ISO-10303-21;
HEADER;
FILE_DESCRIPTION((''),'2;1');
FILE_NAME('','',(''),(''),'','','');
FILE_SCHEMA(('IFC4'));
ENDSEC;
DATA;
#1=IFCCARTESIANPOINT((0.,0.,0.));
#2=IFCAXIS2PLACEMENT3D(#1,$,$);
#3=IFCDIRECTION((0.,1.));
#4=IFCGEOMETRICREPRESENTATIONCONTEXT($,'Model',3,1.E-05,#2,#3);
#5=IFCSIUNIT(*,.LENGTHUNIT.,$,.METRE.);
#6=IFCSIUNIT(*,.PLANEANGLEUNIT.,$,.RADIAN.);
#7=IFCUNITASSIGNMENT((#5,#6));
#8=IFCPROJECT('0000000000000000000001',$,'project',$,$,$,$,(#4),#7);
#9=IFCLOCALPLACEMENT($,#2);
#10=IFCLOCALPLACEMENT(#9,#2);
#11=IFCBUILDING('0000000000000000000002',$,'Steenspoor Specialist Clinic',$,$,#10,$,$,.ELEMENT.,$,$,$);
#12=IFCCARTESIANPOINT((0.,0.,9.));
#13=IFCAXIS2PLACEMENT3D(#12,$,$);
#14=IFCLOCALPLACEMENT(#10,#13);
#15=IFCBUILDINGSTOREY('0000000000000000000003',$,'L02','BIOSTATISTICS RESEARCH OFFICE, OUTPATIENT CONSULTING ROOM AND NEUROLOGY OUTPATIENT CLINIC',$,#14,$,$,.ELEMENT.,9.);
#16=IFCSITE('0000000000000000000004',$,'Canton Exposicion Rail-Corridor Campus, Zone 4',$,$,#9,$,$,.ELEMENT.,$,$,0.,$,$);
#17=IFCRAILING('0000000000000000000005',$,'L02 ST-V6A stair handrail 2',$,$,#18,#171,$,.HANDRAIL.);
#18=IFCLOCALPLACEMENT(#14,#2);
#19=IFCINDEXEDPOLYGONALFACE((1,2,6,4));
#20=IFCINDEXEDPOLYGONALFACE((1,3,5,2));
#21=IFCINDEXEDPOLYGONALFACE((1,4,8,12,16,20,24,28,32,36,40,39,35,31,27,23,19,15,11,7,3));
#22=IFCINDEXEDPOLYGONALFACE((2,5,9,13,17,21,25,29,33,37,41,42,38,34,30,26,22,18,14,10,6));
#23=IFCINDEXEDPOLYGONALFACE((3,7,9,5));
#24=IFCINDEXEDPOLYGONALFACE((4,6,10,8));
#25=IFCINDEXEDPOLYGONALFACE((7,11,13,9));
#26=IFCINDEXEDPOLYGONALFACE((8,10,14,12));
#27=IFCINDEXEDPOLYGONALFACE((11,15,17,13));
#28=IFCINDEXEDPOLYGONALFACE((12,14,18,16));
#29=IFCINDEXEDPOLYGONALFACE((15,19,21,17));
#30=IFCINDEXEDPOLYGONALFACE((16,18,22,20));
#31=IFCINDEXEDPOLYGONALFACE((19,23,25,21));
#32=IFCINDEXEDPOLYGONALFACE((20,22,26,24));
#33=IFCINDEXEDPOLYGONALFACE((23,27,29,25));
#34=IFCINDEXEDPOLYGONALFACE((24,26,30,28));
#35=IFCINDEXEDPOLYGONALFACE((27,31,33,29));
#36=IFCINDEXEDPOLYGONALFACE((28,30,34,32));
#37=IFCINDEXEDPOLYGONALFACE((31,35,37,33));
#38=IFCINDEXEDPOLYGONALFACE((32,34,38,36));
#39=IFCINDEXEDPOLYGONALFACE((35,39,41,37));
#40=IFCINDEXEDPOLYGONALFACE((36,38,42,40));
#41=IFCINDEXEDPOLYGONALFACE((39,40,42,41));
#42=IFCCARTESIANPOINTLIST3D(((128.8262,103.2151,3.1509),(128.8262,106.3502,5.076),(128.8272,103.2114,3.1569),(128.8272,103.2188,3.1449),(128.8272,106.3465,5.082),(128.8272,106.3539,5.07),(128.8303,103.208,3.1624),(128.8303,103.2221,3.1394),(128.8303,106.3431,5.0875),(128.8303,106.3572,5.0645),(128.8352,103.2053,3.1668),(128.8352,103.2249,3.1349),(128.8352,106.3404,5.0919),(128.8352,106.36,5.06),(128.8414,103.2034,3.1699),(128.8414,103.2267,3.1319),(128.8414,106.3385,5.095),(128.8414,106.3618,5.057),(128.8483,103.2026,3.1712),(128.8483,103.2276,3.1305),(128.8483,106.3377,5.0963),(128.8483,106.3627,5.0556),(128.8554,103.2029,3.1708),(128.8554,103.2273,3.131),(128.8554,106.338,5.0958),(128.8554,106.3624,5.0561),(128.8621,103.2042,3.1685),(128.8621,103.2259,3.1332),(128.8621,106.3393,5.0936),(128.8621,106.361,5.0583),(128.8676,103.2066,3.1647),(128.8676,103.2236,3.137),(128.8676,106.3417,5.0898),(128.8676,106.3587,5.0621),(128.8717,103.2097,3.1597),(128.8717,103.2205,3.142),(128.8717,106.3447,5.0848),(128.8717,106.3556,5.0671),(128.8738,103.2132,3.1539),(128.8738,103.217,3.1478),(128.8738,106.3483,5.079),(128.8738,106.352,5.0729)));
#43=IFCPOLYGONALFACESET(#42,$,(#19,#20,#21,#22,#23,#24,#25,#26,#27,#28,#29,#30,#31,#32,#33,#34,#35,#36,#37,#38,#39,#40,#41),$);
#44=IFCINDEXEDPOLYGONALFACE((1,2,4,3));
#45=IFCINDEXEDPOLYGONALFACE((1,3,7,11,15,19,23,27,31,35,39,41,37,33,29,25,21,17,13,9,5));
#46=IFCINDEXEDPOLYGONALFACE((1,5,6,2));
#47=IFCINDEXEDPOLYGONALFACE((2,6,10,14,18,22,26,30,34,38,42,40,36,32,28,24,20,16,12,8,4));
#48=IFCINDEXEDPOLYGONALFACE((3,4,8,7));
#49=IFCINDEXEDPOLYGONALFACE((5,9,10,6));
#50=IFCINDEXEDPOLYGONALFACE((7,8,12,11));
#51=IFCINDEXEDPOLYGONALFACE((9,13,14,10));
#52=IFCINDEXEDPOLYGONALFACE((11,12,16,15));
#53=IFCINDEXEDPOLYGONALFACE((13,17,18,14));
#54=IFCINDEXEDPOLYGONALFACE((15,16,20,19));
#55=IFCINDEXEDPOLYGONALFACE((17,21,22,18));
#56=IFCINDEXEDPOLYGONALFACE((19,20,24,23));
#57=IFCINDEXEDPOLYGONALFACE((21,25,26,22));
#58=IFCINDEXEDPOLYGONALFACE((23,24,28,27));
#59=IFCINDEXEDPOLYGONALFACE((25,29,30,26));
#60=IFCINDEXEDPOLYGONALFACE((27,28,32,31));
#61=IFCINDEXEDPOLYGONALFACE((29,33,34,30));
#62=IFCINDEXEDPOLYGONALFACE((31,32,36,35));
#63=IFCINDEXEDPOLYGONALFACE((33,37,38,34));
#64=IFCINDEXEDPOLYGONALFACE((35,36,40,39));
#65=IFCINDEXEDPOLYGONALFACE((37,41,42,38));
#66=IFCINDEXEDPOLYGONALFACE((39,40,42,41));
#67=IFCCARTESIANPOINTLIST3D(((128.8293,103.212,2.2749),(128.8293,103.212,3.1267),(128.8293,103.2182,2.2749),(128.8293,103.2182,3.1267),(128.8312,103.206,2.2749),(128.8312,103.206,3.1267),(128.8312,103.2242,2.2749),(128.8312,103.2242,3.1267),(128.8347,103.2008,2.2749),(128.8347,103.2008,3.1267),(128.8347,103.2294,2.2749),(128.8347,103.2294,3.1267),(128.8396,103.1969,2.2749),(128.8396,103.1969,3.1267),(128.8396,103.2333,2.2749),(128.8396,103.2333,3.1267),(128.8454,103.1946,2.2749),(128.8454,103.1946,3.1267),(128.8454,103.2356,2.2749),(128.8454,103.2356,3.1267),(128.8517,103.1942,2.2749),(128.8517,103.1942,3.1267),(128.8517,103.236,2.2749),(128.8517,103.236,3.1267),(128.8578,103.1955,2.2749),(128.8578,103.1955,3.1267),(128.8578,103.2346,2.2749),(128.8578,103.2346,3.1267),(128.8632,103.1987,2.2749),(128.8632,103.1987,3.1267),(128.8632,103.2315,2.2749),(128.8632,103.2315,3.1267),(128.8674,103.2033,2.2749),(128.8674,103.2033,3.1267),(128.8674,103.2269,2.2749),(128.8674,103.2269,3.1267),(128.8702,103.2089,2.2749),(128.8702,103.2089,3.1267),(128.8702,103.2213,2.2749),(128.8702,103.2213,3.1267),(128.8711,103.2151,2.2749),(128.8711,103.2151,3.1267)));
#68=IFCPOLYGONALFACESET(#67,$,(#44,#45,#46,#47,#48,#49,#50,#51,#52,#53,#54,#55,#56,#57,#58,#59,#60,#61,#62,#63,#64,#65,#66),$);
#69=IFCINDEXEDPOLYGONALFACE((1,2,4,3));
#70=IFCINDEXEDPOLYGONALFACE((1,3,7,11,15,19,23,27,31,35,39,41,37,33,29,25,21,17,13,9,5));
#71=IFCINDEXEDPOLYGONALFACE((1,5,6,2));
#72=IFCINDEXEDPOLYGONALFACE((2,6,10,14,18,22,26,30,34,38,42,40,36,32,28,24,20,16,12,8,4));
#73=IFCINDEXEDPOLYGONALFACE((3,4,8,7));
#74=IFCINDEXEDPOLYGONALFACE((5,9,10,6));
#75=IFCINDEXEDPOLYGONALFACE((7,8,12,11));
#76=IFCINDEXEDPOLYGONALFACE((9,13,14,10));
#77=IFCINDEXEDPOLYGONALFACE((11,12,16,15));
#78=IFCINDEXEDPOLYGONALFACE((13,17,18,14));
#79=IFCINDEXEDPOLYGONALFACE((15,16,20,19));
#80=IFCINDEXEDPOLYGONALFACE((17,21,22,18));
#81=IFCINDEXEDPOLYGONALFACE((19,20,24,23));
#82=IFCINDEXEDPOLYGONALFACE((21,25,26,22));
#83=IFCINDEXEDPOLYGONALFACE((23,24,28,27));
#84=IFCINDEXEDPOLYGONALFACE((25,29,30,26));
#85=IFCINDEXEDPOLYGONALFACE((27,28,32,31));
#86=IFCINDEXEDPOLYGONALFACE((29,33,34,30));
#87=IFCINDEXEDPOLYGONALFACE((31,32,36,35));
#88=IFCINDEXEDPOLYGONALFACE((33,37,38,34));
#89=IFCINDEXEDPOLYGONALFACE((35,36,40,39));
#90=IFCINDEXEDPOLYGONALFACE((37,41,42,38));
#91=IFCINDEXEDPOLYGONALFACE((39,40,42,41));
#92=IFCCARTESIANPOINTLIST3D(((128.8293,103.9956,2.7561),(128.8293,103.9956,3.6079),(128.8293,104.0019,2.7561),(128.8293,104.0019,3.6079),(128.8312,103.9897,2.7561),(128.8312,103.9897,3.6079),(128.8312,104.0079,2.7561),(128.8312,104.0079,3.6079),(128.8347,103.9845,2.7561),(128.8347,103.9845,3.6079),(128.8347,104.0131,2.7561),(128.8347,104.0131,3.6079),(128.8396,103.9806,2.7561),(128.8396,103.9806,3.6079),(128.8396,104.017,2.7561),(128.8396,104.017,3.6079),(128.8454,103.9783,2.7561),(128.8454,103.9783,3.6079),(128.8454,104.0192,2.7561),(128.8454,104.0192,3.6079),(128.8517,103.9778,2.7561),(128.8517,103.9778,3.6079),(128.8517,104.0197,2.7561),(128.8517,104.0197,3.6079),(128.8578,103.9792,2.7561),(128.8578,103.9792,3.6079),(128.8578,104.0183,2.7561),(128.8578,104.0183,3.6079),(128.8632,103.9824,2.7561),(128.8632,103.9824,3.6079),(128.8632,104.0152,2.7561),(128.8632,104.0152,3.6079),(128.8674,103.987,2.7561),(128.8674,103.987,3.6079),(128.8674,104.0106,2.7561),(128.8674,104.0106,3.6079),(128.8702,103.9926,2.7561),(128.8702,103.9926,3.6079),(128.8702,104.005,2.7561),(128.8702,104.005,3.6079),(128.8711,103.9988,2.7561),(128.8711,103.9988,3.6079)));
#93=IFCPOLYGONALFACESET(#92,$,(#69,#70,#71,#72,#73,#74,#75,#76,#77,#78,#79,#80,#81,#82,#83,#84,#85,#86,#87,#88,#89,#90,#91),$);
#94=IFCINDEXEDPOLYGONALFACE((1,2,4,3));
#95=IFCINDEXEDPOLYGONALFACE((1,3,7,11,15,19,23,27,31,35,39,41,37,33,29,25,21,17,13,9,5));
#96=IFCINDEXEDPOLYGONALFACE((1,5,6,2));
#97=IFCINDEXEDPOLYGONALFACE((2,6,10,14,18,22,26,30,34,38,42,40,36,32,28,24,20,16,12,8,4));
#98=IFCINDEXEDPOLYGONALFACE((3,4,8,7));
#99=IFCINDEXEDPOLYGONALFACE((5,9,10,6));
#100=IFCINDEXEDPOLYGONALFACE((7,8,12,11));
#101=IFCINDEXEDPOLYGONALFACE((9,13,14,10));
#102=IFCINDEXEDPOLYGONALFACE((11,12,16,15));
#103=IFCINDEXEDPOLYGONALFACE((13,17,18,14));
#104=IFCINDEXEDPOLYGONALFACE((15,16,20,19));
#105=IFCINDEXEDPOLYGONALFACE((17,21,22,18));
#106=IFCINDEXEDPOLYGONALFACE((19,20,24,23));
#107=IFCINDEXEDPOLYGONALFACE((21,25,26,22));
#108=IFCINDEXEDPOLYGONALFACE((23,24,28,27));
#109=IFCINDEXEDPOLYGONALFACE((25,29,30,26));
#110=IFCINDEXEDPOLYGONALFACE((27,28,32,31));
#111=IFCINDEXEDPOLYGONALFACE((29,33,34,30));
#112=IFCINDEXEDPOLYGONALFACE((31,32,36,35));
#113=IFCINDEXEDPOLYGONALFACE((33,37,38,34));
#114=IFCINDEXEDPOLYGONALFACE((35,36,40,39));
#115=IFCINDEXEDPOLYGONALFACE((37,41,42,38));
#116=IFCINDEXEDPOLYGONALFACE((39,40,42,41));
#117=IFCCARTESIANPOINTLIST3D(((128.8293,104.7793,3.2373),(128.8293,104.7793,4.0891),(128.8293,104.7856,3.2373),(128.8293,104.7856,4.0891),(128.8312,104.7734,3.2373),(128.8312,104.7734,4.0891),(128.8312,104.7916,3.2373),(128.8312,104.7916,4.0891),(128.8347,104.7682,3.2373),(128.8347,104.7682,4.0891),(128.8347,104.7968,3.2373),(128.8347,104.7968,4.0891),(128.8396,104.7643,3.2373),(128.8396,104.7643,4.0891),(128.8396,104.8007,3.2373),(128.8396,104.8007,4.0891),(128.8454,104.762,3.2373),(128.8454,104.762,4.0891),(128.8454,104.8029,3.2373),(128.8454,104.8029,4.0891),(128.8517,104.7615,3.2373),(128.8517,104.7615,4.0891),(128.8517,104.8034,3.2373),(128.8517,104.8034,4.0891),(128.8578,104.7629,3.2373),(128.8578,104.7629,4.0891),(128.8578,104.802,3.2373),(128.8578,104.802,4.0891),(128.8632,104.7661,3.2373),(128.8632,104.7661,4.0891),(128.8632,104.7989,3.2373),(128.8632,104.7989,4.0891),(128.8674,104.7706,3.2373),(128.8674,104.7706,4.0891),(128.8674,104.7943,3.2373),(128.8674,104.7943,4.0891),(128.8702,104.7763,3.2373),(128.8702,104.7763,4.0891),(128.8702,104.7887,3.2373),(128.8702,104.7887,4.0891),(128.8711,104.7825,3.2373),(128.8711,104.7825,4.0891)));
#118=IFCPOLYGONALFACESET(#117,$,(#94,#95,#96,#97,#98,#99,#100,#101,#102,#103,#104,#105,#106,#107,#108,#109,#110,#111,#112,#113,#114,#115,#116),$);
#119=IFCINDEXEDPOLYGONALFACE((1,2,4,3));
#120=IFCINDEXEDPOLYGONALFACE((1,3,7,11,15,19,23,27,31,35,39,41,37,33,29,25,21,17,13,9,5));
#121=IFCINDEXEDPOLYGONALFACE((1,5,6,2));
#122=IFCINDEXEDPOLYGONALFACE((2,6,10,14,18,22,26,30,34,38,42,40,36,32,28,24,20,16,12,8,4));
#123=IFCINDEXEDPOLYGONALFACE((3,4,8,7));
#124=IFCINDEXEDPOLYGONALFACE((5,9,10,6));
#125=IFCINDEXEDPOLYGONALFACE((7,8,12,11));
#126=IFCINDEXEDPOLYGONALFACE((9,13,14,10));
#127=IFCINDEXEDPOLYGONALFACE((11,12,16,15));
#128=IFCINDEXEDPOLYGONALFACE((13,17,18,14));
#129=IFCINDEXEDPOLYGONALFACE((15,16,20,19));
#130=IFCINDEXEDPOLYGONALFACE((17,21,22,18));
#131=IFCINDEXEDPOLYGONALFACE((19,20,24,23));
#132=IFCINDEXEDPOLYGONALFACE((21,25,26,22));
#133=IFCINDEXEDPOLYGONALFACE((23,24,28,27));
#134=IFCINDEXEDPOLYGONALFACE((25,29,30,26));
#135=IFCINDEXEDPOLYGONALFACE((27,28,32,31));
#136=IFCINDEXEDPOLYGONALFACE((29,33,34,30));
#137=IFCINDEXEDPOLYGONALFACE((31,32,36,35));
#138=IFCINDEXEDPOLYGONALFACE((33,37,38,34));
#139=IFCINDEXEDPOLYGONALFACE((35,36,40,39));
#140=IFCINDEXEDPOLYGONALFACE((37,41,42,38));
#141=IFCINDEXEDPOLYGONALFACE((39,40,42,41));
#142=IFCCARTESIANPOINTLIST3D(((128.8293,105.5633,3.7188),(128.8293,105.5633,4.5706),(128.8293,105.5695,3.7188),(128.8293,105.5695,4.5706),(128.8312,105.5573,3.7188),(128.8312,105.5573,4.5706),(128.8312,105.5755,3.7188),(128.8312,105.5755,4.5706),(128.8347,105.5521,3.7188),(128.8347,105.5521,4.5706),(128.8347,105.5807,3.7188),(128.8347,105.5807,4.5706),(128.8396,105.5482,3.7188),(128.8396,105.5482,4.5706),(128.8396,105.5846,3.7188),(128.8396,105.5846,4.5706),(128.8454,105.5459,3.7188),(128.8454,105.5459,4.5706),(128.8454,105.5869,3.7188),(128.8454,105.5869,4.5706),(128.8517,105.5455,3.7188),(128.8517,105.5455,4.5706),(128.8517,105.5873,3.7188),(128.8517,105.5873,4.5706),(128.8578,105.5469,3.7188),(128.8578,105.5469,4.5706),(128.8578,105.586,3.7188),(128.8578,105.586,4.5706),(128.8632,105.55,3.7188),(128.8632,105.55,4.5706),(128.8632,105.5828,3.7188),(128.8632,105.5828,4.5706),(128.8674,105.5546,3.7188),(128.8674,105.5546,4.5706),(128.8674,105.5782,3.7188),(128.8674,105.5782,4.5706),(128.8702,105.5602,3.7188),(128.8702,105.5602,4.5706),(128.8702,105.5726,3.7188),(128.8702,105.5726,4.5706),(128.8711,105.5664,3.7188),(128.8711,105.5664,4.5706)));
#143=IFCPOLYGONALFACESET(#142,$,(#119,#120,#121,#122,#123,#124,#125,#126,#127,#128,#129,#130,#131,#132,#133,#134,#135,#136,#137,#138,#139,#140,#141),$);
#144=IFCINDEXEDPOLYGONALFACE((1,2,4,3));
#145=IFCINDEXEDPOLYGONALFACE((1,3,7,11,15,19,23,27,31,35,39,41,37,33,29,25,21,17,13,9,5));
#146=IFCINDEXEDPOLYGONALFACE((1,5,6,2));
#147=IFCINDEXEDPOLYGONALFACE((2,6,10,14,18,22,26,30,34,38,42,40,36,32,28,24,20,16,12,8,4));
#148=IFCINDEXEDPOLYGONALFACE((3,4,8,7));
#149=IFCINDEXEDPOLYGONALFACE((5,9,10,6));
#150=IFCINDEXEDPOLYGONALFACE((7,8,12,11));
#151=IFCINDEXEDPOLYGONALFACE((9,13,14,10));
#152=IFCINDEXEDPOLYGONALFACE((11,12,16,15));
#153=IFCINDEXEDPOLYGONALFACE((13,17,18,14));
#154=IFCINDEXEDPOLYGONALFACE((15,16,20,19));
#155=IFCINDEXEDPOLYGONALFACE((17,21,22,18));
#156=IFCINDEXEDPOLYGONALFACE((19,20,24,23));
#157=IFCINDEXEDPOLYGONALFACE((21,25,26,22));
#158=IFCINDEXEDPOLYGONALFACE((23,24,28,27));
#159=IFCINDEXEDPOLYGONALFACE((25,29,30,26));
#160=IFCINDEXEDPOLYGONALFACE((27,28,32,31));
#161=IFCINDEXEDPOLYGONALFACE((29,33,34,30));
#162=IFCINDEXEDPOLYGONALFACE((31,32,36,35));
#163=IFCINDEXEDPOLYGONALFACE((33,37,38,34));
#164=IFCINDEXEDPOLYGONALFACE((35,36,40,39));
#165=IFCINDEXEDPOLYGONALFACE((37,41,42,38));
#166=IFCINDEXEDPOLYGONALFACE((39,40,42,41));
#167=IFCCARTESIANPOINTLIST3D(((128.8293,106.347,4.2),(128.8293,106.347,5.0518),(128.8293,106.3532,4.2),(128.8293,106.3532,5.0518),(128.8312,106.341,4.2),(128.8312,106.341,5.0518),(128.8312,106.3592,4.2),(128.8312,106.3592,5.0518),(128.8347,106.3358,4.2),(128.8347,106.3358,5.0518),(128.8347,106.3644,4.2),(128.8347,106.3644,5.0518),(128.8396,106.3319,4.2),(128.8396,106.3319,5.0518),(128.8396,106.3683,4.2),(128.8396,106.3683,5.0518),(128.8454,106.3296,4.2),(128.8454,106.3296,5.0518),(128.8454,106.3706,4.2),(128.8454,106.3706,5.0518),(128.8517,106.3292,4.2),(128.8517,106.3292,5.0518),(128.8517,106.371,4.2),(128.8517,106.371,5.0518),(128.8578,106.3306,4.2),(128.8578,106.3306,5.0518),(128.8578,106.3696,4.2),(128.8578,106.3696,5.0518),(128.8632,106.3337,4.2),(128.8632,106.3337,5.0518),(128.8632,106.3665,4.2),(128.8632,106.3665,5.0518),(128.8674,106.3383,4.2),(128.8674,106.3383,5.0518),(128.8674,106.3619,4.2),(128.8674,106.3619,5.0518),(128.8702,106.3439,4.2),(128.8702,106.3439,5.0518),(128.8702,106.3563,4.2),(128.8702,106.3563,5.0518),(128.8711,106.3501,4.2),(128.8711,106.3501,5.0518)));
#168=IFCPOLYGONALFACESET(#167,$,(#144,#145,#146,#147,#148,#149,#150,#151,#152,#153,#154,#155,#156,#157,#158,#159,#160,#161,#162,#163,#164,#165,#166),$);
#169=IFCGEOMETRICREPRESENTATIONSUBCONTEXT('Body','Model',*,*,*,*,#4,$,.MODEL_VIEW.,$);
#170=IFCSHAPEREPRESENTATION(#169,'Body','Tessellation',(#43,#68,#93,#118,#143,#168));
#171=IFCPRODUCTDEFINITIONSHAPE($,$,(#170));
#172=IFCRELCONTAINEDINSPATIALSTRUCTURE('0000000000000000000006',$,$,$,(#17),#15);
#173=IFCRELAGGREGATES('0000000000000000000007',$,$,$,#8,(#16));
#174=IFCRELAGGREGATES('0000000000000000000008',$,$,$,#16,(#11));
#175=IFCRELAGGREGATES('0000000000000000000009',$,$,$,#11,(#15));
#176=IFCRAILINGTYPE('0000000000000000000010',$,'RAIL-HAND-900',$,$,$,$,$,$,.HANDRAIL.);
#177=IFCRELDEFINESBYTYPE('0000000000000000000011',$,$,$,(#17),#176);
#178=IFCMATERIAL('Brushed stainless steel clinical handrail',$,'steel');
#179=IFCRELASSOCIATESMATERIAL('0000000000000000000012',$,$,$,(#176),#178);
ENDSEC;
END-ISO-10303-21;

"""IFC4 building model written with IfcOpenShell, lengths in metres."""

from ifc_helpers import new_model, si_unit, direction, frame, origin, origin_2d, place, context, subcontext, project, spatial, circle, extrude, material, type_object, element, save


model = new_model("IFC4")

# Units and contexts
model_context = context("Model", 3, precision=1e-05, world=origin(), true_north=direction((0.0, 1.0)))
body_context = subcontext(model_context, "Body", "Model", "MODEL_VIEW")
ifc_project = project(units=[si_unit("LENGTHUNIT", "METRE"), si_unit("PLANEANGLEUNIT", "RADIAN")], contexts=[model_context])

# Site, building, storey
site_placement = place(None, origin())
site = spatial("IfcSite", under=ifc_project, at=site_placement, Name="Canton Exposicion Rail-Corridor Campus, Zone 4", CompositionType="ELEMENT", RefElevation=0.0)
building_placement = place(site_placement, origin())
building = spatial("IfcBuilding", under=site, at=building_placement, Name="Steenspoor Specialist Clinic", CompositionType="ELEMENT")
storey_placement = place(building_placement, frame((0.0, 0.0, 9.0)))
storey = spatial("IfcBuildingStorey", under=building, at=storey_placement, Name="L02", Description="BIOSTATISTICS RESEARCH OFFICE, OUTPATIENT CONSULTING ROOM AND NEUROLOGY OUTPATIENT CLINIC", CompositionType="ELEMENT", Elevation=9.0)

# Railing
ifc_material_1 = material(Name="Brushed stainless steel clinical handrail", Category="steel")
railing_type_1 = type_object("IfcRailingType", Name="RAIL-HAND-900", PredefinedType="HANDRAIL", material=ifc_material_1)
railing_1_placement = place(storey_placement, frame((128.8501, 103.2151, 2.2749)))
element("IfcRailing", 1, at=railing_1_placement, inside=storey, type_object=railing_type_1, Name="L02 ST-V6A stair handrail 2", PredefinedType="HANDRAIL", context=body_context, shape_type="SweptSolid", body=[
    extrude(circle(Radius=0.0239, at=origin_2d()), frame((0.0, 0.0, 0.876), z_axis=(0.0, 0.852166, 0.523271), x_axis=(-1.0, 0.0, 0.0)), (0.0, 0.0, 1.0), 3.679),
    extrude(circle(Radius=0.021, at=origin_2d()), origin(), (0.0, 0.0, 1.0), 0.8518),
    extrude(circle(Radius=0.021, at=origin_2d()), frame((0.0, 0.7837, 0.4812)), (0.0, 0.0, 1.0), 0.8518),
    extrude(circle(Radius=0.021, at=origin_2d()), frame((0.0, 1.5674, 0.9624)), (0.0, 0.0, 1.0), 0.8518),
    extrude(circle(Radius=0.021, at=origin_2d()), frame((0.0, 2.3513, 1.4438)), (0.0, 0.0, 1.0), 0.8518),
    extrude(circle(Radius=0.021, at=origin_2d()), frame((0.0, 3.135, 1.925)), (0.0, 0.0, 1.0), 0.8518),
])

save(model, "model.ifc")
